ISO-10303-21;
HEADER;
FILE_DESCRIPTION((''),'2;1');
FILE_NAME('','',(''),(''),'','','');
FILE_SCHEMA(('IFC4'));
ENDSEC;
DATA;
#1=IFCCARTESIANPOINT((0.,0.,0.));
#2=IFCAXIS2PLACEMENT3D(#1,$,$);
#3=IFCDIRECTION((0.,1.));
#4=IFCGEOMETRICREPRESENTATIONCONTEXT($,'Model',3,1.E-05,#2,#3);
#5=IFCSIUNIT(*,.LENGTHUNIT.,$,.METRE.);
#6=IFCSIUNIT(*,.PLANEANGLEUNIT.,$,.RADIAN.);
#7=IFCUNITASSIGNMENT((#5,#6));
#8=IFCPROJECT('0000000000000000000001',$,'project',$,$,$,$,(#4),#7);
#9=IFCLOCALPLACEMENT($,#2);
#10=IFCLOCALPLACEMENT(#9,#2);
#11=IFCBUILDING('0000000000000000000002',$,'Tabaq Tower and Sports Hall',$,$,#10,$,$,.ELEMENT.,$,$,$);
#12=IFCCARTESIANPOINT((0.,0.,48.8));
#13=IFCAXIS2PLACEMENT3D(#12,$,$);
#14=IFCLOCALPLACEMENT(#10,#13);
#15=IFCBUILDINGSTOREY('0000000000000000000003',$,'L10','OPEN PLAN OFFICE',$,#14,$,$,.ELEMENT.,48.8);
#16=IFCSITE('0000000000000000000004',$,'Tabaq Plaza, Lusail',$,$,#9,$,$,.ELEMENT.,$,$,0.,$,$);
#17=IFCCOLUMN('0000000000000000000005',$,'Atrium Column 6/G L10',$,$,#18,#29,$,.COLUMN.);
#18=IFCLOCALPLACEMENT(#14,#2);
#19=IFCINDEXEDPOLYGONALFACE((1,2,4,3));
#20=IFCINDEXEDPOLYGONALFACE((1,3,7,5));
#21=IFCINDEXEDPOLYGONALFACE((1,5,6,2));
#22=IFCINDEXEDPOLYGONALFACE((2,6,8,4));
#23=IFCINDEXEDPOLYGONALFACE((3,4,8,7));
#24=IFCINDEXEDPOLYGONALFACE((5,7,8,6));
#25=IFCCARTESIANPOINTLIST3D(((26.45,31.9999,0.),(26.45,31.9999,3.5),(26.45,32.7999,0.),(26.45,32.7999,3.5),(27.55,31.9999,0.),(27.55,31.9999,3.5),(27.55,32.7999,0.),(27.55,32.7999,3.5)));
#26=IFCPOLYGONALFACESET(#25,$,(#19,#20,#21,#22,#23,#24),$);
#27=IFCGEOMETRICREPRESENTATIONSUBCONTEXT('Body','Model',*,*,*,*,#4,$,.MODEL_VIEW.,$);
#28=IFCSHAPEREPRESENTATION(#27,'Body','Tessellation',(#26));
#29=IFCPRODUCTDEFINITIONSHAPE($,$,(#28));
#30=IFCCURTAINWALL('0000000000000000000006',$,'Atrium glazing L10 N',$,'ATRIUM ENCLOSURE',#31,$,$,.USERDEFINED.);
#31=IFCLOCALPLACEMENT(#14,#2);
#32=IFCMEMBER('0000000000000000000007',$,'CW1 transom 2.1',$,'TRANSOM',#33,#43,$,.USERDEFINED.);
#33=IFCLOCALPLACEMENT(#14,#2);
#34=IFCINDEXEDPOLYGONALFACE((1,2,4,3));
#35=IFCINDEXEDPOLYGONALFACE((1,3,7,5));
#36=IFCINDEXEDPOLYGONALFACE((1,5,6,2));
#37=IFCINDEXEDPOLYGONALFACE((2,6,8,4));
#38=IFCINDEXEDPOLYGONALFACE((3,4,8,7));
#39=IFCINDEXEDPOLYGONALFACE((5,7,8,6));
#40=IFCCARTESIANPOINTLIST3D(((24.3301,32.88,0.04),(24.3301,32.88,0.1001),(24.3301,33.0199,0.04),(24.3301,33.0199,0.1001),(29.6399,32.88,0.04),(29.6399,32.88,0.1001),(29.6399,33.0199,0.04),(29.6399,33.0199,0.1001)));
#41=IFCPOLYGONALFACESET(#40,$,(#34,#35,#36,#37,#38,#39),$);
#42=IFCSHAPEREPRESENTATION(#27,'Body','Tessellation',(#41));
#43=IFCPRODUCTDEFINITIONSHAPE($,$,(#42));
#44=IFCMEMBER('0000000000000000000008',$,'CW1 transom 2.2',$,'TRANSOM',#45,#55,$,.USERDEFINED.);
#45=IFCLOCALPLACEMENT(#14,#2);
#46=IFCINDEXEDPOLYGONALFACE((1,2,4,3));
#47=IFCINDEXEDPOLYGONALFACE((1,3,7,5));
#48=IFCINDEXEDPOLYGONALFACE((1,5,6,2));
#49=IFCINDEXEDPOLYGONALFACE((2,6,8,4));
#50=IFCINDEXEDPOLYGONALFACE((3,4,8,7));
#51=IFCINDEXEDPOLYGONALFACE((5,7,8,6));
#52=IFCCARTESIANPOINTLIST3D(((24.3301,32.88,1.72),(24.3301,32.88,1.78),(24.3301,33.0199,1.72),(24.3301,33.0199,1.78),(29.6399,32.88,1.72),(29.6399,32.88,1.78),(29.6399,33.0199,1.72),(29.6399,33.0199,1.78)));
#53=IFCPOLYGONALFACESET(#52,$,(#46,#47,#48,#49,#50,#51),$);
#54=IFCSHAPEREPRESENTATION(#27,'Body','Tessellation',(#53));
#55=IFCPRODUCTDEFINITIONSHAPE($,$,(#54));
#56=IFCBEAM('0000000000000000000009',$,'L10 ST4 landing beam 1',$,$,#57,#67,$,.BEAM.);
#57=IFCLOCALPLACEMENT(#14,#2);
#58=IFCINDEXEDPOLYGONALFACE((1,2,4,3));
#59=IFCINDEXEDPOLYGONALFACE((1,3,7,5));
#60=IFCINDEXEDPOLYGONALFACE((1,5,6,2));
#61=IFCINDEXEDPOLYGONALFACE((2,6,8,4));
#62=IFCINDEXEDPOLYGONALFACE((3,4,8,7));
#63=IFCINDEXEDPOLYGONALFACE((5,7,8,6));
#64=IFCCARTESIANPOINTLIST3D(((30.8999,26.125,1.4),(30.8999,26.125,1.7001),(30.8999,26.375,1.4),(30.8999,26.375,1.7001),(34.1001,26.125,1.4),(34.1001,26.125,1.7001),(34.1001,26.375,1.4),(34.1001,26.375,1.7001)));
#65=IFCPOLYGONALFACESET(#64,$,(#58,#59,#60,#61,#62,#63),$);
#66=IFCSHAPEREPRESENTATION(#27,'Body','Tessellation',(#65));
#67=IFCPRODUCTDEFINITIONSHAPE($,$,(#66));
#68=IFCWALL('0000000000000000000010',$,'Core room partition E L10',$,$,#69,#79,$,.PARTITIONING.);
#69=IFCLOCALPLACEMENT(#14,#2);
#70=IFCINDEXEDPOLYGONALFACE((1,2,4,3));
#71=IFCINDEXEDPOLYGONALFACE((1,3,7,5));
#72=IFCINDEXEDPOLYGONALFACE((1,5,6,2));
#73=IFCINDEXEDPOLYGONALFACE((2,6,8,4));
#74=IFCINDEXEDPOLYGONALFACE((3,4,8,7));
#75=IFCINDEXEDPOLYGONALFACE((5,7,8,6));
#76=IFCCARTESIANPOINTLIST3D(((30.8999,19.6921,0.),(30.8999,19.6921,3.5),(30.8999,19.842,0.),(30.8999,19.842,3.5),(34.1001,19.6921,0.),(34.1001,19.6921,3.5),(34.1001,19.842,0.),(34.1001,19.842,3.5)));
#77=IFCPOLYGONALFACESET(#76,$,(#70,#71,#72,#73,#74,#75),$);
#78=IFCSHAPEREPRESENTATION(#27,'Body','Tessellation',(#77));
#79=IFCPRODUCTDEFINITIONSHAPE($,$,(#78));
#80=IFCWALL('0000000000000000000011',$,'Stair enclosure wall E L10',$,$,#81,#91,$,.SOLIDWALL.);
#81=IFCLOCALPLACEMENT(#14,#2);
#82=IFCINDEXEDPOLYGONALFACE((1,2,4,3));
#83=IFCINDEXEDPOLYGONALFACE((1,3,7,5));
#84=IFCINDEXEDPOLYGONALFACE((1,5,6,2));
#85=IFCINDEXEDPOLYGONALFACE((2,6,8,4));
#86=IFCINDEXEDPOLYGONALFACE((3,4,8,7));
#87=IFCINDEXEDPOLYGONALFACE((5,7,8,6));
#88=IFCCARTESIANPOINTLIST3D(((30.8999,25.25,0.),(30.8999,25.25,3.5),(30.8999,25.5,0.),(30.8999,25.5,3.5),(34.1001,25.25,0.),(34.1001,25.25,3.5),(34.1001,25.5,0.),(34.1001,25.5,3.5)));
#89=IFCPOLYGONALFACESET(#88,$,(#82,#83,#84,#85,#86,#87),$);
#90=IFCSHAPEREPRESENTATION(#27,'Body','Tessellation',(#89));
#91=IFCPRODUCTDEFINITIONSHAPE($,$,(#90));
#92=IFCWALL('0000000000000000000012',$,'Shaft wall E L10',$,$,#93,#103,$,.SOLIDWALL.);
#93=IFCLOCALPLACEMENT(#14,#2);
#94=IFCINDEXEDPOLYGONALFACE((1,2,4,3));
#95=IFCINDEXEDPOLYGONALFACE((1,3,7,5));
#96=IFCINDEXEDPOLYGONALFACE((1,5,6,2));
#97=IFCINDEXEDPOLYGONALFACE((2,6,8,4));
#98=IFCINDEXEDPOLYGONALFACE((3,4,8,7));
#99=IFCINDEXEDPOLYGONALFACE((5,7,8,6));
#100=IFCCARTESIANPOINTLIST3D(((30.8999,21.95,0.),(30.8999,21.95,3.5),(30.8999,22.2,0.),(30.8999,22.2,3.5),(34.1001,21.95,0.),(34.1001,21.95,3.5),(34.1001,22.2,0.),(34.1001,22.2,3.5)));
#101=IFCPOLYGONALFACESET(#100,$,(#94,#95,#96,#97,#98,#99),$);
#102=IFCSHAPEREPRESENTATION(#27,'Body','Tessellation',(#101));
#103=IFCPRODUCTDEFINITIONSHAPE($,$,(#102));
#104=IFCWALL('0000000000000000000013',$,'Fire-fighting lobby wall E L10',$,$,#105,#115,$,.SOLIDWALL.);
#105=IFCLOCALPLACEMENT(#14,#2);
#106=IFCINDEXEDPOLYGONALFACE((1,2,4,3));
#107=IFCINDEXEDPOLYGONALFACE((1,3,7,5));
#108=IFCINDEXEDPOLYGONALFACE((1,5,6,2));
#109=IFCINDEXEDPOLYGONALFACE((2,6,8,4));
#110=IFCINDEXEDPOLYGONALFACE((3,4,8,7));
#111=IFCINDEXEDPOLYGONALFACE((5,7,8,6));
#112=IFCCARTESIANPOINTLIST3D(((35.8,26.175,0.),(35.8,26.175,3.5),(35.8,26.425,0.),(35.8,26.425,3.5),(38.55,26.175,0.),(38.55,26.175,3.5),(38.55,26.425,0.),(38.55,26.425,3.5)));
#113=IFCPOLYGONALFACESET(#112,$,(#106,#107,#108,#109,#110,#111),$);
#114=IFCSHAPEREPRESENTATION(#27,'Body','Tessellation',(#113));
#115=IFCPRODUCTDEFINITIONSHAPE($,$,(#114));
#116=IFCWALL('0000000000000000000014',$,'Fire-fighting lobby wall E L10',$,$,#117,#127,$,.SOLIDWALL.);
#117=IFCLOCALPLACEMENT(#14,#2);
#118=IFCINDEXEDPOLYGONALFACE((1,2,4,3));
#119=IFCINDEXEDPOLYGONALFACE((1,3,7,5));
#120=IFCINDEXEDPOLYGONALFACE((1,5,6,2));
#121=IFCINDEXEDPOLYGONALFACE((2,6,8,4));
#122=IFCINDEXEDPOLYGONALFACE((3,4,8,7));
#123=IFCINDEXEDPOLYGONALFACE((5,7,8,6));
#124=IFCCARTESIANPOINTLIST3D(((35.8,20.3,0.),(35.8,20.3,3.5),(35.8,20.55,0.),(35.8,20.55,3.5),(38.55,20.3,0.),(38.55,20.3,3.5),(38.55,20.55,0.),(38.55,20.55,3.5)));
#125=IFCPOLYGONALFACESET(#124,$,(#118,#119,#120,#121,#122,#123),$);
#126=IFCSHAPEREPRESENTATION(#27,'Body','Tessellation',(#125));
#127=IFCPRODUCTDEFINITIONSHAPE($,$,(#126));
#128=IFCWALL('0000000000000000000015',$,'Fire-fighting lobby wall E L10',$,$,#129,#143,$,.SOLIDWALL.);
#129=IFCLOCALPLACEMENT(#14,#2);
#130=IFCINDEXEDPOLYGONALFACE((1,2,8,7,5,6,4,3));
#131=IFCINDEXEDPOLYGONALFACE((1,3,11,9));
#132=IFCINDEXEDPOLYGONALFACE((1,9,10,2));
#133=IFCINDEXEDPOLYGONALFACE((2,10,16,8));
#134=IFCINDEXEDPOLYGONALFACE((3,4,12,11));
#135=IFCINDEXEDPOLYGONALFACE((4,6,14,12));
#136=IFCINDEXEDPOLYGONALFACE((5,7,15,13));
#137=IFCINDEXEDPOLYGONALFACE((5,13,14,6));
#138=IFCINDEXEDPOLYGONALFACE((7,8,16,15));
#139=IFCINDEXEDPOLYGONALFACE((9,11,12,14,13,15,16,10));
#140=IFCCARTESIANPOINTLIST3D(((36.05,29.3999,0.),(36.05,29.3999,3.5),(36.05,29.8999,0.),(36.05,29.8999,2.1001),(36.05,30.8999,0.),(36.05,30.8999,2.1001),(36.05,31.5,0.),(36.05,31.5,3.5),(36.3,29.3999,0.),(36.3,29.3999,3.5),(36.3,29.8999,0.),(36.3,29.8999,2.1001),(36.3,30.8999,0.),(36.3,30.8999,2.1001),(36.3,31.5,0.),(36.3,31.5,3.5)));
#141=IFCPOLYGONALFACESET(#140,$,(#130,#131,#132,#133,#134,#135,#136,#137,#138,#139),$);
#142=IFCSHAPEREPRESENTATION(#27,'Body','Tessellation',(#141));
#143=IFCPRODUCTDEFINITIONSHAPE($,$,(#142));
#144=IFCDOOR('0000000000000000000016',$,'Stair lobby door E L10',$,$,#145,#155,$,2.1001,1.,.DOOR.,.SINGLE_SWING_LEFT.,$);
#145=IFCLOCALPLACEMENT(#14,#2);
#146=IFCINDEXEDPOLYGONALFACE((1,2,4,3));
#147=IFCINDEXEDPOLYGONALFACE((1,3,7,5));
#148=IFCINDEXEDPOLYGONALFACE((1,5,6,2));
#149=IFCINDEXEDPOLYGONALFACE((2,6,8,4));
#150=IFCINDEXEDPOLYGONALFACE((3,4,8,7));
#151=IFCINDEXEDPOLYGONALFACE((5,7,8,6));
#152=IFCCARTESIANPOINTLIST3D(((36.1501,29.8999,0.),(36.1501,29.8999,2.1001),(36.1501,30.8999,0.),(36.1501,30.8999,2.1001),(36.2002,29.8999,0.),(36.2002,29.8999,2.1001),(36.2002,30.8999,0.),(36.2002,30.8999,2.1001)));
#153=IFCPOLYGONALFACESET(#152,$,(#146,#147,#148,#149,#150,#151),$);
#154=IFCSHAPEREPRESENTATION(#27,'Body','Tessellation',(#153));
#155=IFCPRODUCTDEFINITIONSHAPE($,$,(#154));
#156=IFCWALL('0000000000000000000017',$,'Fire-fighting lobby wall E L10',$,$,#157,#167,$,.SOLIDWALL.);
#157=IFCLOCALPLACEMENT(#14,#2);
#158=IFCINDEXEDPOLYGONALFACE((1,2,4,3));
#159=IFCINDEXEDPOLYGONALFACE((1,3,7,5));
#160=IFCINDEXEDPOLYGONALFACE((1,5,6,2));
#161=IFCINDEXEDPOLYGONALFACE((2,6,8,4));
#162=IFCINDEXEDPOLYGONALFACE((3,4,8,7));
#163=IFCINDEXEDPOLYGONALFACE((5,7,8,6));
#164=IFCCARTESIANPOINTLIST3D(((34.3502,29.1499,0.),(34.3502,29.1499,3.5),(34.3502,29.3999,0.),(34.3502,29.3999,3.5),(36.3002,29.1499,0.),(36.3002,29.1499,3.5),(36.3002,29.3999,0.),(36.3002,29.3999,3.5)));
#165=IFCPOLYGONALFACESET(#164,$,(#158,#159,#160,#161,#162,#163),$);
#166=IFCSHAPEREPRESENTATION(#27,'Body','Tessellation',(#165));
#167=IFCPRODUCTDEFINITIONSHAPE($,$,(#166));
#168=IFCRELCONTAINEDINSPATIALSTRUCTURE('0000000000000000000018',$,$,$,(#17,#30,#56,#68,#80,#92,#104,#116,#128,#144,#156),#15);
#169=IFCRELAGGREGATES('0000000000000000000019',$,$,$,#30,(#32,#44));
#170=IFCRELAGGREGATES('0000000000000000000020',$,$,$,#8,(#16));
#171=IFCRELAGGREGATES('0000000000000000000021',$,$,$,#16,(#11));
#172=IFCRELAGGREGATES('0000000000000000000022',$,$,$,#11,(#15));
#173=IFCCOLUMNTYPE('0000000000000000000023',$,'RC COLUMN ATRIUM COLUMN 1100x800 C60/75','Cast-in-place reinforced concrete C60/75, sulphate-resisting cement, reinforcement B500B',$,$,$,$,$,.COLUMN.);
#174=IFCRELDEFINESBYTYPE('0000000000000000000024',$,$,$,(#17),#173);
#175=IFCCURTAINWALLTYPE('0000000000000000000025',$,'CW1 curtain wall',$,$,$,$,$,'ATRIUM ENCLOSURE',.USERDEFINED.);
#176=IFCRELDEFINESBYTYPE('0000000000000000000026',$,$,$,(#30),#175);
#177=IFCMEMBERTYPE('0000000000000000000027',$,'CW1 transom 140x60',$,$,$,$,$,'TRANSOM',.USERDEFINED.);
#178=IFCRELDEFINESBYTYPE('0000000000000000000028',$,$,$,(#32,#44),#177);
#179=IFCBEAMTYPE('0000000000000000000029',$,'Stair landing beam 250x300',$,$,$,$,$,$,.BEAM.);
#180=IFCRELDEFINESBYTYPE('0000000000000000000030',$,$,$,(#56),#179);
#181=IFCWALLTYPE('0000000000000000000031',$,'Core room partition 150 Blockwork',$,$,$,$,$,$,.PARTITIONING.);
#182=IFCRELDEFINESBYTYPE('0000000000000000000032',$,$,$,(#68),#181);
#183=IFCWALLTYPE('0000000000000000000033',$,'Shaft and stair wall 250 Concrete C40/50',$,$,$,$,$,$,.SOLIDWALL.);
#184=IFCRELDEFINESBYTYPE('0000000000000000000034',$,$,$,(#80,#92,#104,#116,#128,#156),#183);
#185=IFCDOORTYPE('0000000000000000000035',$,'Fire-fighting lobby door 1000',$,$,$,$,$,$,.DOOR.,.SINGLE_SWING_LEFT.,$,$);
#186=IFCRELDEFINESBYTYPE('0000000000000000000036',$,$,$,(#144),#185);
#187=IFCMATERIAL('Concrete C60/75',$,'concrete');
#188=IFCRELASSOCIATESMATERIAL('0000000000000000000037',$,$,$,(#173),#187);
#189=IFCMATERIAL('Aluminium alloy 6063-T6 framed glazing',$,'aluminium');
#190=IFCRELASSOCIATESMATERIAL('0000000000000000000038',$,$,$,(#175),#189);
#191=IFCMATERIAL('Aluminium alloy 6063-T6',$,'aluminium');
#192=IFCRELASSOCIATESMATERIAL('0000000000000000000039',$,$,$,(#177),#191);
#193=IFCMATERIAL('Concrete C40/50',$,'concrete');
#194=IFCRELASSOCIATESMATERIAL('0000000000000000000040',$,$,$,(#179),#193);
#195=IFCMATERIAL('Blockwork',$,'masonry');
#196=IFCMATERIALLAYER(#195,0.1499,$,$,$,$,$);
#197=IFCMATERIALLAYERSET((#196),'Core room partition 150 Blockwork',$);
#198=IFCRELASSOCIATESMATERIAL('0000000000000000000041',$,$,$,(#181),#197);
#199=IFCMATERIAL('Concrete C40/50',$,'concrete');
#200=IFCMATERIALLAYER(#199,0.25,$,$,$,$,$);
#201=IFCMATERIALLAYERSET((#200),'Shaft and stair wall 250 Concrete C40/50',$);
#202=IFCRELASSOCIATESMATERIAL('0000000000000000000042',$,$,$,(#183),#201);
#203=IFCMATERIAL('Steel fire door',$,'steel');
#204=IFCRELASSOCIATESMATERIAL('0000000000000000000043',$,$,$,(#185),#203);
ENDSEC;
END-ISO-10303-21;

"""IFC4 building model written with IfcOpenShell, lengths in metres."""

from ifc_helpers import new_model, si_unit, direction, frame, frame_2d, origin, origin_2d, place, context, subcontext, project, spatial, rectangle, extrude, material, layer, layer_set, material_profile, profile_set, type_object, element, fill, aggregate, save


model = new_model("IFC4")

# Units and contexts
model_context = context("Model", 3, precision=1e-05, world=origin(), true_north=direction((0.0, 1.0)))
body_context = subcontext(model_context, "Body", "Model", "MODEL_VIEW")
ifc_project = project(units=[si_unit("LENGTHUNIT", "METRE"), si_unit("PLANEANGLEUNIT", "RADIAN")], contexts=[model_context])

# Site, building, storey
site_placement = place(None, origin())
site = spatial("IfcSite", under=ifc_project, at=site_placement, Name="Tabaq Plaza, Lusail", CompositionType="ELEMENT", RefElevation=0.0)
building_placement = place(site_placement, origin())
building = spatial("IfcBuilding", under=site, at=building_placement, Name="Tabaq Tower and Sports Hall", CompositionType="ELEMENT")
storey_placement = place(building_placement, frame((0.0, 0.0, 48.8)))
storey = spatial("IfcBuildingStorey", under=building, at=storey_placement, Name="L10", Description="OPEN PLAN OFFICE", CompositionType="ELEMENT", Elevation=48.8)

# Column
ifc_material_1 = material(Name="Concrete C60/75", Category="concrete")
ifc_material_profile_1 = material_profile(ifc_material_1, rectangle(XDim=1.1001, YDim=0.8, at=origin_2d()), Name="ATRIUM COLUMN 1100x800")
ifc_profile_set_1 = profile_set([ifc_material_profile_1], Name="Concrete C60/75")
column_type = type_object("IfcColumnType", Name="RC COLUMN ATRIUM COLUMN 1100x800 C60/75", Description="Cast-in-place reinforced concrete C60/75, sulphate-resisting cement, reinforcement B500B", PredefinedType="COLUMN", material=ifc_profile_set_1)
column_placement = place(storey_placement, frame((27.0, 32.3999, 0.0), z_axis=(0.0, 0.0, 1.0), x_axis=(1.0, 0.0, 0.0)))
element("IfcColumn", 1, at=column_placement, inside=storey, type_object=column_type, Name="Atrium Column 6/G L10", PredefinedType="COLUMN", context=body_context, shape_type="SweptSolid", body=[
    extrude(rectangle(XDim=1.1001, YDim=0.8, at=origin_2d()), origin(), (0.0, 0.0, 1.0), 3.5),
])

# Curtain wall, members
ifc_material_2 = material(Name="Aluminium alloy 6063-T6 framed glazing", Category="aluminium")
curtain_wall_type = type_object("IfcCurtainWallType", Name="CW1 curtain wall", ElementType="ATRIUM ENCLOSURE", PredefinedType="USERDEFINED", material=ifc_material_2)
curtain_wall_placement = place(storey_placement, origin())
curtain_wall = element("IfcCurtainWall", 2, at=curtain_wall_placement, inside=storey, type_object=curtain_wall_type, Name="Atrium glazing L10 N", ObjectType="ATRIUM ENCLOSURE", PredefinedType="USERDEFINED")
ifc_material_3 = material(Name="Aluminium alloy 6063-T6", Category="aluminium")
ifc_material_profile_2 = material_profile(ifc_material_3, rectangle(XDim=0.1399, YDim=0.0601, at=origin_2d()), Name="TRANSOM 140x60")
ifc_profile_set_2 = profile_set([ifc_material_profile_2], Name="Aluminium alloy 6063-T6")
member_type = type_object("IfcMemberType", Name="CW1 transom 140x60", ElementType="TRANSOM", PredefinedType="USERDEFINED", material=ifc_profile_set_2)
member_1_placement = place(storey_placement, frame((24.3301, 32.95, 0.0701), z_axis=(1.0, 0.0, 0.0), x_axis=(0.0, 1.0, 0.0)))
member_1 = element("IfcMember", 3, at=member_1_placement, type_object=member_type, Name="CW1 transom 2.1", ObjectType="TRANSOM", PredefinedType="USERDEFINED", context=body_context, shape_type="SweptSolid", body=[
    extrude(rectangle(XDim=0.1399, YDim=0.0601, at=origin_2d()), origin(), (0.0, 0.0, 1.0), 5.3098),
])
member_2_placement = place(storey_placement, frame((24.3301, 32.95, 1.75), z_axis=(1.0, 0.0, 0.0), x_axis=(0.0, 1.0, 0.0)))
member_2 = element("IfcMember", 4, at=member_2_placement, type_object=member_type, Name="CW1 transom 2.2", ObjectType="TRANSOM", PredefinedType="USERDEFINED", context=body_context, shape_type="SweptSolid", body=[
    extrude(rectangle(XDim=0.1399, YDim=0.0601, at=origin_2d()), origin(), (0.0, 0.0, 1.0), 5.3098),
])
aggregate(curtain_wall, [member_1, member_2])

# Beam
ifc_material_4 = material(Name="Concrete C40/50", Category="concrete")
ifc_material_profile_3 = material_profile(ifc_material_4, rectangle(XDim=0.25, YDim=0.3, at=origin_2d()), Name="RC 250x300")
ifc_profile_set_3 = profile_set([ifc_material_profile_3], Name="Concrete C40/50")
beam_type = type_object("IfcBeamType", Name="Stair landing beam 250x300", PredefinedType="BEAM", material=ifc_profile_set_3)
beam_placement = place(storey_placement, frame((30.8999, 26.25, 1.55), z_axis=(1.0, 0.0, 0.0), x_axis=(0.0, 1.0, 0.0)))
element("IfcBeam", 5, at=beam_placement, inside=storey, type_object=beam_type, Name="L10 ST4 landing beam 1", PredefinedType="BEAM", context=body_context, shape_type="SweptSolid", body=[
    extrude(rectangle(XDim=0.25, YDim=0.3, at=origin_2d()), origin(), (0.0, 0.0, 1.0), 3.2002),
])

# Wall
ifc_material_5 = material(Name="Blockwork", Category="masonry")
ifc_layer_1 = layer(ifc_material_5, 0.1499)
ifc_layer_set_1 = layer_set([ifc_layer_1], Name="Core room partition 150 Blockwork")
wall_type_1 = type_object("IfcWallType", Name="Core room partition 150 Blockwork", PredefinedType="PARTITIONING", material=ifc_layer_set_1)
wall_1_placement = place(storey_placement, frame((30.8999, 19.7671, 0.0), z_axis=(0.0, 0.0, 1.0), x_axis=(1.0, 0.0, 0.0)))
element("IfcWall", 6, at=wall_1_placement, inside=storey, type_object=wall_type_1, Name="Core room partition E L10", PredefinedType="PARTITIONING", context=body_context, shape_type="SweptSolid", body=[
    extrude(rectangle(XDim=3.2002, YDim=0.1499, at=frame_2d((1.6001, 0.0))), origin(), (0.0, 0.0, 1.0), 3.5),
])

# Walls
ifc_material_6 = material(Name="Concrete C40/50", Category="concrete")
ifc_layer_2 = layer(ifc_material_6, 0.25)
ifc_layer_set_2 = layer_set([ifc_layer_2], Name="Shaft and stair wall 250 Concrete C40/50")
wall_type_2 = type_object("IfcWallType", Name="Shaft and stair wall 250 Concrete C40/50", PredefinedType="SOLIDWALL", material=ifc_layer_set_2)
for number, where, z_axis, x_axis, name in (
    (7, (30.8999, 25.375, 0.0), (0.0, 0.0, 1.0), (1.0, 0.0, 0.0), "Stair enclosure wall E L10"),
    (8, (30.8999, 22.075, 0.0), (0.0, 0.0, 1.0), (1.0, 0.0, 0.0), "Shaft wall E L10"),
):
    element("IfcWall", number, at=place(storey_placement, frame(where, z_axis=z_axis, x_axis=x_axis)), inside=storey, type_object=wall_type_2, Name=name, PredefinedType="SOLIDWALL", context=body_context, shape_type="SweptSolid", body=[
        extrude(rectangle(XDim=3.2002, YDim=0.25, at=frame_2d((1.6001, 0.0))), origin(), (0.0, 0.0, 1.0), 3.5),
    ])
for number, where, z_axis, x_axis, name in (
    (9, (35.8, 26.3, 0.0), (0.0, 0.0, 1.0), (1.0, 0.0, 0.0), "Fire-fighting lobby wall E L10"),
    (10, (35.8, 20.425, 0.0), (0.0, 0.0, 1.0), (1.0, 0.0, 0.0), "Fire-fighting lobby wall E L10"),
):
    element("IfcWall", number, at=place(storey_placement, frame(where, z_axis=z_axis, x_axis=x_axis)), inside=storey, type_object=wall_type_2, Name=name, PredefinedType="SOLIDWALL", context=body_context, shape_type="SweptSolid", body=[
        extrude(rectangle(XDim=2.75, YDim=0.25, at=frame_2d((1.375, 0.0))), origin(), (0.0, 0.0, 1.0), 3.5),
    ])

# Wall, opening, door
wall_2_placement = place(storey_placement, frame((36.175, 29.3999, 0.0), z_axis=(0.0, 0.0, 1.0), x_axis=(0.0, 1.0, 0.0)))
wall_2 = element("IfcWall", 11, at=wall_2_placement, inside=storey, type_object=wall_type_2, Name="Fire-fighting lobby wall E L10", PredefinedType="SOLIDWALL", context=body_context, shape_type="SweptSolid", body=[
    extrude(rectangle(XDim=2.1001, YDim=0.25, at=frame_2d((1.05, 0.0))), origin(), (0.0, 0.0, 1.0), 3.5),
])
opening_1_placement = place(wall_2_placement, frame((0.5, 0.0, 0.0)))
opening_1 = element("IfcOpeningElement", 12, at=opening_1_placement, cuts=wall_2, PredefinedType="OPENING", context=body_context, shape_type="SweptSolid", body=[
    extrude(rectangle(XDim=1.0, YDim=2.1001, at=frame_2d((0.5, 1.05))), frame((0.0, 0.125, 0.0), z_axis=(0.0, -1.0, 0.0), x_axis=(1.0, 0.0, 0.0)), (0.0, 0.0, 1.0), 0.25),
])
ifc_material_7 = material(Name="Steel fire door", Category="steel")
door_type_1 = type_object("IfcDoorType", Name="Fire-fighting lobby door 1000", OperationType="SINGLE_SWING_LEFT", PredefinedType="DOOR", material=ifc_material_7)
door_1_placement = place(opening_1_placement, origin())
door_1 = element("IfcDoor", 13, at=door_1_placement, inside=storey, type_object=door_type_1, Name="Stair lobby door E L10", OperationType="SINGLE_SWING_LEFT", OverallHeight=2.1001, OverallWidth=1.0, PredefinedType="DOOR", context=body_context, shape_type="SweptSolid", body=[
    extrude(rectangle(XDim=1.0, YDim=2.1001, at=frame_2d((0.5, 1.05))), frame((0.0, 0.0249, 0.0), z_axis=(0.0, -1.0, 0.0), x_axis=(1.0, 0.0, 0.0)), (0.0, 0.0, 1.0), 0.05),
])
fill(opening_1, door_1)

# Wall
wall_3_placement = place(storey_placement, frame((34.3501, 29.2749, 0.0), z_axis=(0.0, 0.0, 1.0), x_axis=(1.0, 0.0, 0.0)))
element("IfcWall", 14, at=wall_3_placement, inside=storey, type_object=wall_type_2, Name="Fire-fighting lobby wall E L10", PredefinedType="SOLIDWALL", context=body_context, shape_type="SweptSolid", body=[
    extrude(rectangle(XDim=1.95, YDim=0.25, at=frame_2d((0.9751, 0.0))), origin(), (0.0, 0.0, 1.0), 3.5),
])

save(model, "model.ifc")
